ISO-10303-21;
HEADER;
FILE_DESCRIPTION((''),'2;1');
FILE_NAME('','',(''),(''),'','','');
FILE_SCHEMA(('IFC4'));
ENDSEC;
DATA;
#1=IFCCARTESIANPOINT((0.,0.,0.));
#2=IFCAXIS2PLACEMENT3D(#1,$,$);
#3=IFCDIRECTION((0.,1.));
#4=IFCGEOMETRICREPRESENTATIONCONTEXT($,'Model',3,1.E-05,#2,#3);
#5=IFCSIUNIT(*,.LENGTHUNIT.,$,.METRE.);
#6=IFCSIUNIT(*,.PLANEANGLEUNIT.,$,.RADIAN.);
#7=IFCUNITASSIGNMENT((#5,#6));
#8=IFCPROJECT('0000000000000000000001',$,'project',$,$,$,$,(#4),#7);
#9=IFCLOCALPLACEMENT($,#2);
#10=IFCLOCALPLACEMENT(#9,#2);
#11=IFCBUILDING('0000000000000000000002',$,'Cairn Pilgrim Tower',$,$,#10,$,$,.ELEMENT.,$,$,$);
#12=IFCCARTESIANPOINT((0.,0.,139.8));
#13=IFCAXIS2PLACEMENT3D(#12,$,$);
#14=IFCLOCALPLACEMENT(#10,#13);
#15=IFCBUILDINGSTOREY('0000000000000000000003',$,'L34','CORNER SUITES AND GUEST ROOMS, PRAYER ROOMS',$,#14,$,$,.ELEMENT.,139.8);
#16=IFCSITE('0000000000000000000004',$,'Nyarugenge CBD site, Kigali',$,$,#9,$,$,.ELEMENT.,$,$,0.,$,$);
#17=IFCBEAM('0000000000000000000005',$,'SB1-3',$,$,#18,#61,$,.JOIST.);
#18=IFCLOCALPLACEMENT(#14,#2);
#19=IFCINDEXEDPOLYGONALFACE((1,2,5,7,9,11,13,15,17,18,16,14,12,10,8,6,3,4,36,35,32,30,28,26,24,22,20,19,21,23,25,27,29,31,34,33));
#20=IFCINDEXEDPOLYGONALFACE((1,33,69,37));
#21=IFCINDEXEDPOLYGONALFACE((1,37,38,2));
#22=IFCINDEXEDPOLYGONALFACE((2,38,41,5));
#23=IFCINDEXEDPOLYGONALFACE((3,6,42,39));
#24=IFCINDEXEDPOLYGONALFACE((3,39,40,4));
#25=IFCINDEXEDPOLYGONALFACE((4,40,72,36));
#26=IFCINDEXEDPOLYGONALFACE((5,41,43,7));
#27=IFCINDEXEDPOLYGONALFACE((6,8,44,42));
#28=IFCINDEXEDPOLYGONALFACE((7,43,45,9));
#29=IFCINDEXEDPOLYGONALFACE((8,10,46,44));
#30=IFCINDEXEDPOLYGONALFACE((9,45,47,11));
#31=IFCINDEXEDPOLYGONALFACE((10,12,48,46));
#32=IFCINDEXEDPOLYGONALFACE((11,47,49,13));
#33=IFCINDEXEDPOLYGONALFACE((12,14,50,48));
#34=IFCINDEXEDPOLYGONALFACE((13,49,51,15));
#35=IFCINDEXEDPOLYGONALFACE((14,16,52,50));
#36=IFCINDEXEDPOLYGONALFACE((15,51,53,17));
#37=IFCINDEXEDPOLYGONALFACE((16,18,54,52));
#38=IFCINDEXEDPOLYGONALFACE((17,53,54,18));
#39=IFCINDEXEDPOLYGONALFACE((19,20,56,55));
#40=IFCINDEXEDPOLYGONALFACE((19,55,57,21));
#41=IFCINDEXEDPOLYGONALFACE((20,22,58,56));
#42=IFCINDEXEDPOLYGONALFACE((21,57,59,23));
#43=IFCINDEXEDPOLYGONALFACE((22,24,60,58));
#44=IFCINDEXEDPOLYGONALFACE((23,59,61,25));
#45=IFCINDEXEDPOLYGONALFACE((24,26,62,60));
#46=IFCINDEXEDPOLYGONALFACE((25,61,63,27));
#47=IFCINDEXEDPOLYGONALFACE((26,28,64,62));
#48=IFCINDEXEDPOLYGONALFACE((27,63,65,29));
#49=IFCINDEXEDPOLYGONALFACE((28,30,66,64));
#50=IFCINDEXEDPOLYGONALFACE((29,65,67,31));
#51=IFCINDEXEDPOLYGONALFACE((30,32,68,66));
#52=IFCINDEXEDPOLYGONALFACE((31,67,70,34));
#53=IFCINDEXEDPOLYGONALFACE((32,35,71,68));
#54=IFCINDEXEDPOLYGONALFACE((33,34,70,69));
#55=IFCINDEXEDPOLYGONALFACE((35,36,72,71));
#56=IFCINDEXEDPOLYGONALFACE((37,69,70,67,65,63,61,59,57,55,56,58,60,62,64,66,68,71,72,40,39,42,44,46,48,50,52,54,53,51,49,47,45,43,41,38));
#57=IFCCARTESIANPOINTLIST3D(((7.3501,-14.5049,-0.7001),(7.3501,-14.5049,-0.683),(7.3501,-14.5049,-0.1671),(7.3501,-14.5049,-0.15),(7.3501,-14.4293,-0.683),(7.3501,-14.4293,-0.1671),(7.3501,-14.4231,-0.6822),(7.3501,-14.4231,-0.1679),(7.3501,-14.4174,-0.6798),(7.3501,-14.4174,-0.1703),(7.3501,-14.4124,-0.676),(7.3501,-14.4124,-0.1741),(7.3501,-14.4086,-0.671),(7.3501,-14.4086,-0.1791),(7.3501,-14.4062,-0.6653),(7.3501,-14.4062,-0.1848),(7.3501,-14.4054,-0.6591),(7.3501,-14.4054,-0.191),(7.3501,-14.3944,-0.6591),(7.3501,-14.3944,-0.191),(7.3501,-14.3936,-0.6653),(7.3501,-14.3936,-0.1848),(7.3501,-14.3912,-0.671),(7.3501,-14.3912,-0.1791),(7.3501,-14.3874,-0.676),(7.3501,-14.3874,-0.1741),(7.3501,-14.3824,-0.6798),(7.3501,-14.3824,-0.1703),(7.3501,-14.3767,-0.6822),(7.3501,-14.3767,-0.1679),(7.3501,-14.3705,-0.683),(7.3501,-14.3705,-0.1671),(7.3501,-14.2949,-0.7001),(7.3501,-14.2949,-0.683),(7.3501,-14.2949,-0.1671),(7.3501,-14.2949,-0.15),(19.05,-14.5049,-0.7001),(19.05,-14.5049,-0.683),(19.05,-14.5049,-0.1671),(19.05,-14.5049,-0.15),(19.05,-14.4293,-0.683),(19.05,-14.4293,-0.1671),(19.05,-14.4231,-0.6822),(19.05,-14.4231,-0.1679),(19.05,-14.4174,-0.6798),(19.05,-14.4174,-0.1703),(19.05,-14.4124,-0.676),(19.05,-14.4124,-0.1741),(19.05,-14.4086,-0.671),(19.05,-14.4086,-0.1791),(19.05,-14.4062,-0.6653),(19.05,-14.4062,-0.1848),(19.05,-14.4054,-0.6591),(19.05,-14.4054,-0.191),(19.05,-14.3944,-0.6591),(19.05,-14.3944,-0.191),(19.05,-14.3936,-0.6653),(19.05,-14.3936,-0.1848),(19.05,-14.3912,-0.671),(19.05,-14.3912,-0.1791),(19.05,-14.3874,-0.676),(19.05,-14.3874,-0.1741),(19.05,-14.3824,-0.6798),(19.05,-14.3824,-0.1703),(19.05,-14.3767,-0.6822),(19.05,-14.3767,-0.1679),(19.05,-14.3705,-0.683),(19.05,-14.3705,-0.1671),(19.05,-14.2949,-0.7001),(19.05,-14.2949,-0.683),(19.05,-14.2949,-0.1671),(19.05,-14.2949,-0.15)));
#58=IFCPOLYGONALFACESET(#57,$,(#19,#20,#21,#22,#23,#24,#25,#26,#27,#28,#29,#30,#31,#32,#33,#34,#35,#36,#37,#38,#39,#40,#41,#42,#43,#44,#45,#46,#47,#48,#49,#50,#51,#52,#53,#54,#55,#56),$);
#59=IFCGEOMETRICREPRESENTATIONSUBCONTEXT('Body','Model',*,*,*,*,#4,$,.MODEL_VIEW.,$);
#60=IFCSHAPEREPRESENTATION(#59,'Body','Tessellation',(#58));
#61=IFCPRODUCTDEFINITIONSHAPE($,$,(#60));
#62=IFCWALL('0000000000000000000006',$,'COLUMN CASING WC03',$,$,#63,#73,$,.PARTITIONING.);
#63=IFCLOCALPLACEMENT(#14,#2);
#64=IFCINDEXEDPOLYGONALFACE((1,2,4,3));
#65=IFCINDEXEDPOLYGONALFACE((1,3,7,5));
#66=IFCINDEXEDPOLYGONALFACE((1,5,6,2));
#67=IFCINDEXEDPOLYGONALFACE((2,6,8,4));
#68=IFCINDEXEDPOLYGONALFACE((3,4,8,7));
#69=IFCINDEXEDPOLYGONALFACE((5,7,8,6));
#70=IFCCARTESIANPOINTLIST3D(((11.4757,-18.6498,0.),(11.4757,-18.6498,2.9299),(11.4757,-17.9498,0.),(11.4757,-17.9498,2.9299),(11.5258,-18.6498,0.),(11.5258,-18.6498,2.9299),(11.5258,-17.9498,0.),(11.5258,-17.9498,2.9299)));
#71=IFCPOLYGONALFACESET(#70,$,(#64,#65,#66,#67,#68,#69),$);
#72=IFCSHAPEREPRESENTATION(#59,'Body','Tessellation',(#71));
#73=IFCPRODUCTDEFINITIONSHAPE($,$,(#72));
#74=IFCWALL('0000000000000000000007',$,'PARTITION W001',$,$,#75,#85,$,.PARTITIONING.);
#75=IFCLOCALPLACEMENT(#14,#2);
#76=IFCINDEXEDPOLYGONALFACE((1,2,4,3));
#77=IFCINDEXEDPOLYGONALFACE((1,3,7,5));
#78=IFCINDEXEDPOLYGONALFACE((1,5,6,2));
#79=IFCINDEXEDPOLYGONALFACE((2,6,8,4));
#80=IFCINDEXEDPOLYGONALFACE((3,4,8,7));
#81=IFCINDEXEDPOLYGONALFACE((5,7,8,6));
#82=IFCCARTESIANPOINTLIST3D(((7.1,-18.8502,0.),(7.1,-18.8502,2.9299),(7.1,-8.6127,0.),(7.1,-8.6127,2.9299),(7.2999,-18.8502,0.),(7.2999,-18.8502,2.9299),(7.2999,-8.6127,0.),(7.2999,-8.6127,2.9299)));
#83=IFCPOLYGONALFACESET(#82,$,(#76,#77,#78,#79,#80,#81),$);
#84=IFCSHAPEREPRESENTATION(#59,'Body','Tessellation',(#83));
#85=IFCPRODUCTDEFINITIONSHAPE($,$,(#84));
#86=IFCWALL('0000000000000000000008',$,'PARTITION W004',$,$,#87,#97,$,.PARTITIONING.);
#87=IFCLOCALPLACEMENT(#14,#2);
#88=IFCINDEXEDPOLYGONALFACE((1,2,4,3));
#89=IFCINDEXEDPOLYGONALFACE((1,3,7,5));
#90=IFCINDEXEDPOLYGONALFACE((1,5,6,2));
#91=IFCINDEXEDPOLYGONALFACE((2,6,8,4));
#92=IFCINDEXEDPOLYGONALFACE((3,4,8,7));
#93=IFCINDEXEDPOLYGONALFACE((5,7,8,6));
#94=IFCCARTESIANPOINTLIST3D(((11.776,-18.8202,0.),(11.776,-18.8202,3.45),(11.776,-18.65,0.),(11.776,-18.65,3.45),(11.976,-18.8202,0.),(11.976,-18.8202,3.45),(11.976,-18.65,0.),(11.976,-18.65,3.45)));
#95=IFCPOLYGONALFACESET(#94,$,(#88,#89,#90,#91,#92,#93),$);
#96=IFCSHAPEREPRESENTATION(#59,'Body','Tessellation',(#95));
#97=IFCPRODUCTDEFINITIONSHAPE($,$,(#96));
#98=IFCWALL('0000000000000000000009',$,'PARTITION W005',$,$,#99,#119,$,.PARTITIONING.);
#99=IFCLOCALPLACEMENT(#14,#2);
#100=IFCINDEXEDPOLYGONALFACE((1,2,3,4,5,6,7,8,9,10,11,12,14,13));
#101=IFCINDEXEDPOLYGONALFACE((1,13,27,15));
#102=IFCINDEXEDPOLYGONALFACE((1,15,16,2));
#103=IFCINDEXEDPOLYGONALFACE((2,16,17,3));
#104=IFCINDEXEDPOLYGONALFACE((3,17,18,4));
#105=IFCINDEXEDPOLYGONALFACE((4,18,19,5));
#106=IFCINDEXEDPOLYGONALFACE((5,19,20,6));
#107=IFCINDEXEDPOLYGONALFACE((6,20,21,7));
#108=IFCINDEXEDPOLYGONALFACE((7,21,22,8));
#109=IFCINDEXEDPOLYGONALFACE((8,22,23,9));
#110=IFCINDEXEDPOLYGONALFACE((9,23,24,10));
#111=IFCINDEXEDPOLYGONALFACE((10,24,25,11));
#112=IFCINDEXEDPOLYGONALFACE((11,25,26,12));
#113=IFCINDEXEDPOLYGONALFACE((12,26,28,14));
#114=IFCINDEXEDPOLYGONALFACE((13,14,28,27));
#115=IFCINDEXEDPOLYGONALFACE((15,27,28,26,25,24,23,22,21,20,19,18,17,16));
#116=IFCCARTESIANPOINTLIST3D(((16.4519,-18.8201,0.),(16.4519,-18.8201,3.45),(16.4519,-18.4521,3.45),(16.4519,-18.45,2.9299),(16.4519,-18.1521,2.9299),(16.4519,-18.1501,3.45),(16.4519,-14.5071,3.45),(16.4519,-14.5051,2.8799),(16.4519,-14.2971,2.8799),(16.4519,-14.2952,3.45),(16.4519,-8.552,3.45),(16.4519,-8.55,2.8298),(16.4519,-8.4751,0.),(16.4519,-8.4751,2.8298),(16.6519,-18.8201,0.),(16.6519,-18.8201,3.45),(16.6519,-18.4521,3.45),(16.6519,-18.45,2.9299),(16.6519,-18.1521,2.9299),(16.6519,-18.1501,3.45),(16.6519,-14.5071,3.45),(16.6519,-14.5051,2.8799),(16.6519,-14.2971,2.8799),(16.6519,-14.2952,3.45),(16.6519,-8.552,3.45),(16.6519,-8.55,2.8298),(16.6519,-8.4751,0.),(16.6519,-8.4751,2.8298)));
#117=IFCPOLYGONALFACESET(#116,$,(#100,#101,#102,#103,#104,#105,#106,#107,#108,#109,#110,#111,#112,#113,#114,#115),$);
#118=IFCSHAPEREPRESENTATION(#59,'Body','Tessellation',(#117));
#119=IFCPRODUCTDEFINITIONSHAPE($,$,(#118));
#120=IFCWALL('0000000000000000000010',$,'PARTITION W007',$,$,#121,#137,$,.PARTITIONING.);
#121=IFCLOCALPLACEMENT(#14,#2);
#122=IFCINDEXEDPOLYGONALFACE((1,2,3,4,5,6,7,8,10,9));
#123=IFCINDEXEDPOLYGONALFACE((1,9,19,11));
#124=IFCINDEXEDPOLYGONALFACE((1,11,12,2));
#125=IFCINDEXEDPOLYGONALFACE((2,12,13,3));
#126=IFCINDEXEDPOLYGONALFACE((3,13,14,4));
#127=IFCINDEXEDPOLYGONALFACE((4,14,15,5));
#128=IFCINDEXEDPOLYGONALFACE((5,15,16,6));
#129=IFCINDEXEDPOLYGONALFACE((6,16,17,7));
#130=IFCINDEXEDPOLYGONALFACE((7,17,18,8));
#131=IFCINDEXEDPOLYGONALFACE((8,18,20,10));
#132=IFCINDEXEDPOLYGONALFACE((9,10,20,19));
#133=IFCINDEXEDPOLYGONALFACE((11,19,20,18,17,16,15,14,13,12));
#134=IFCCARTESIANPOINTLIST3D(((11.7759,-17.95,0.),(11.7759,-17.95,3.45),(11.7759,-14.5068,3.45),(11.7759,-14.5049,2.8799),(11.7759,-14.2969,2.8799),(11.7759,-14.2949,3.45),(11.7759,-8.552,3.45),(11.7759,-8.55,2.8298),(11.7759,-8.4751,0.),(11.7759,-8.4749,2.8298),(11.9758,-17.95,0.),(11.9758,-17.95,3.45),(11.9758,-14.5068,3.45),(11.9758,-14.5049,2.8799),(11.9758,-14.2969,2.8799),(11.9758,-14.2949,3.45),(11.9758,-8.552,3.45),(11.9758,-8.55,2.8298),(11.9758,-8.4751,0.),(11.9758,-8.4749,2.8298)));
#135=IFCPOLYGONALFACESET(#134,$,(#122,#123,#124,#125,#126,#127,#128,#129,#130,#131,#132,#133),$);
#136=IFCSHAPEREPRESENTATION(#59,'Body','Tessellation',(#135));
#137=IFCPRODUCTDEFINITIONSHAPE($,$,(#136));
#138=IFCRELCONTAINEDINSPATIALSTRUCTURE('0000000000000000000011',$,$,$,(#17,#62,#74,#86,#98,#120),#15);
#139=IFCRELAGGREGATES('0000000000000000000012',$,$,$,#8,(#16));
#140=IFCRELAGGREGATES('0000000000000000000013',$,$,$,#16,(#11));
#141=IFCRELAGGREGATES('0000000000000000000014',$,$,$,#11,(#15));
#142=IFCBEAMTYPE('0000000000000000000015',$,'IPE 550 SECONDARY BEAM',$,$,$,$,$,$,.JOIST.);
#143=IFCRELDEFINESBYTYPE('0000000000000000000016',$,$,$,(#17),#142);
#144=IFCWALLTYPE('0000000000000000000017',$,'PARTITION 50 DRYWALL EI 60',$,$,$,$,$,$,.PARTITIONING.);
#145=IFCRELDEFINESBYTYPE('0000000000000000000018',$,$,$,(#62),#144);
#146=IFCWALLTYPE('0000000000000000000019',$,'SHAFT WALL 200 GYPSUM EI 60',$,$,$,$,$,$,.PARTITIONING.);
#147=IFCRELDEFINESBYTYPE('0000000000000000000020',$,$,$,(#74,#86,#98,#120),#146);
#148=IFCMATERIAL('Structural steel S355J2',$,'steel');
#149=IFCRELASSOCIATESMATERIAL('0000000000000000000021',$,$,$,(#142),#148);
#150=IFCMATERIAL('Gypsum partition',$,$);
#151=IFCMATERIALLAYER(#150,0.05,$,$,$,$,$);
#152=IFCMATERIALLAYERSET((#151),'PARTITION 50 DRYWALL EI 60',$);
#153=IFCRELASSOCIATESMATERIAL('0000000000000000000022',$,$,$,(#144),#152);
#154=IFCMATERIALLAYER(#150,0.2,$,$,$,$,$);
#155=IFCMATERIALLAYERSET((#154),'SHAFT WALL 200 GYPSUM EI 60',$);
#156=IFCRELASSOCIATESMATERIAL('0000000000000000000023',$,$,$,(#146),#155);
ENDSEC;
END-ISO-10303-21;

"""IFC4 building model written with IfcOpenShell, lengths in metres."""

from ifc_helpers import new_model, si_unit, direction, frame, frame_2d, origin, origin_2d, place, context, subcontext, project, spatial, polyline, rectangle, i_section, outline, extrude, material, layer, layer_set, material_profile, profile_set, type_object, element, save


model = new_model("IFC4")

# Units and contexts
model_context = context("Model", 3, precision=1e-05, world=origin(), true_north=direction((0.0, 1.0)))
body_context = subcontext(model_context, "Body", "Model", "MODEL_VIEW")
ifc_project = project(units=[si_unit("LENGTHUNIT", "METRE"), si_unit("PLANEANGLEUNIT", "RADIAN")], contexts=[model_context])

# Site, building, storey
site_placement = place(None, origin())
site = spatial("IfcSite", under=ifc_project, at=site_placement, Name="Nyarugenge CBD site, Kigali", CompositionType="ELEMENT", RefElevation=0.0)
building_placement = place(site_placement, origin())
building = spatial("IfcBuilding", under=site, at=building_placement, Name="Cairn Pilgrim Tower", CompositionType="ELEMENT")
storey_placement = place(building_placement, frame((0.0, 0.0, 139.8)))
storey = spatial("IfcBuildingStorey", under=building, at=storey_placement, Name="L34", Description="CORNER SUITES AND GUEST ROOMS, PRAYER ROOMS", CompositionType="ELEMENT", Elevation=139.8)

# Beam
ifc_material_1 = material(Name="Structural steel S355J2", Category="steel")
ifc_material_profile_1 = material_profile(ifc_material_1, i_section(OverallWidth=0.21, OverallDepth=0.55, WebThickness=0.011, FlangeThickness=0.0171, FilletRadius=0.0239, at=origin_2d()), Name="IPE 550")
ifc_profile_set_1 = profile_set([ifc_material_profile_1], Name="Structural steel S355J2")
beam_type_1 = type_object("IfcBeamType", Name="IPE 550 SECONDARY BEAM", PredefinedType="JOIST", material=ifc_profile_set_1)
beam_1_placement = place(storey_placement, frame((7.3501, -14.3999, -0.425), z_axis=(1.0, 0.0, 0.0), x_axis=(0.0, 1.0, 0.0)))
element("IfcBeam", 1, at=beam_1_placement, inside=storey, type_object=beam_type_1, Name="SB1-3", PredefinedType="JOIST", context=body_context, shape_type="SweptSolid", body=[
    extrude(i_section(OverallWidth=0.21, OverallDepth=0.55, WebThickness=0.011, FlangeThickness=0.0171, FilletRadius=0.0239, at=origin_2d()), origin(), (0.0, 0.0, 1.0), 11.7),
])

# Walls
ifc_material_2 = material(Name="Gypsum partition")
ifc_layer_1 = layer(ifc_material_2, 0.05)
ifc_layer_set_1 = layer_set([ifc_layer_1], Name="PARTITION 50 DRYWALL EI 60")
wall_type_1 = type_object("IfcWallType", Name="PARTITION 50 DRYWALL EI 60", PredefinedType="PARTITIONING", material=ifc_layer_set_1)
wall_1_placement = place(storey_placement, frame((11.5007, -18.6499, 0.0), z_axis=(0.0, 0.0, 1.0), x_axis=(0.0, 1.0, 0.0)))
element("IfcWall", 2, at=wall_1_placement, inside=storey, type_object=wall_type_1, Name="COLUMN CASING WC03", PredefinedType="PARTITIONING", context=body_context, shape_type="SweptSolid", body=[
    extrude(rectangle(XDim=0.7, YDim=0.05, at=frame_2d((0.3501, 0.0))), origin(), (0.0, 0.0, 1.0), 2.9299),
])
ifc_layer_2 = layer(ifc_material_2, 0.2)
ifc_layer_set_2 = layer_set([ifc_layer_2], Name="SHAFT WALL 200 GYPSUM EI 60")
wall_type_2 = type_object("IfcWallType", Name="SHAFT WALL 200 GYPSUM EI 60", PredefinedType="PARTITIONING", material=ifc_layer_set_2)
wall_2_placement = place(storey_placement, frame((7.2, -18.8501, 0.0), z_axis=(0.0, 0.0, 1.0), x_axis=(0.0, 1.0, 0.0)))
element("IfcWall", 3, at=wall_2_placement, inside=storey, type_object=wall_type_2, Name="PARTITION W001", PredefinedType="PARTITIONING", context=body_context, shape_type="SweptSolid", body=[
    extrude(rectangle(XDim=10.2375, YDim=0.2, at=frame_2d((5.1187, 0.0))), origin(), (0.0, 0.0, 1.0), 2.9299),
])
wall_3_placement = place(storey_placement, frame((11.876, -18.8201, 0.0), z_axis=(0.0, 0.0, 1.0), x_axis=(0.0, 1.0, 0.0)))
element("IfcWall", 4, at=wall_3_placement, inside=storey, type_object=wall_type_2, Name="PARTITION W004", PredefinedType="PARTITIONING", context=body_context, shape_type="SweptSolid", body=[
    extrude(rectangle(XDim=0.1702, YDim=0.2, at=frame_2d((0.085, 0.0))), origin(), (0.0, 0.0, 1.0), 3.45),
])
wall_4_placement = place(storey_placement, frame((16.552, -18.8201, 0.0), z_axis=(0.0, 0.0, 1.0), x_axis=(0.0, 1.0, 0.0)))
element("IfcWall", 5, at=wall_4_placement, inside=storey, type_object=wall_type_2, Name="PARTITION W005", PredefinedType="PARTITIONING", context=body_context, shape_type="SweptSolid", body=[
    extrude(outline(polyline([(0.0, 0.0), (10.345, 0.0), (10.345, 2.8298), (10.27, 2.8298), (10.2681, 3.45), (4.5249, 3.45), (4.5229, 2.8799), (4.3149, 2.8799), (4.313, 3.45), (0.6699, 3.45), (0.668, 2.9299), (0.3701, 2.9299), (0.3679, 3.45), (0.0, 3.45), (0.0, 0.0)])), frame((0.0, 0.1001, 0.0), z_axis=(0.0, -1.0, 0.0), x_axis=(1.0, 0.0, 0.0)), (0.0, 0.0, 1.0), 0.2),
])
wall_5_placement = place(storey_placement, frame((11.876, -17.95, 0.0), z_axis=(0.0, 0.0, 1.0), x_axis=(0.0, 1.0, 0.0)))
element("IfcWall", 6, at=wall_5_placement, inside=storey, type_object=wall_type_2, Name="PARTITION W007", PredefinedType="PARTITIONING", context=body_context, shape_type="SweptSolid", body=[
    extrude(outline(polyline([(0.0, 0.0), (9.4749, 0.0), (9.4751, 2.8298), (9.3999, 2.8298), (9.3979, 3.45), (3.655, 3.45), (3.6531, 2.8799), (3.4451, 2.8799), (3.4431, 3.45), (0.0, 3.45), (0.0, 0.0)])), frame((0.0, 0.1001, 0.0), z_axis=(0.0, -1.0, 0.0), x_axis=(1.0, 0.0, 0.0)), (0.0, 0.0, 1.0), 0.2),
])

save(model, "model.ifc")
